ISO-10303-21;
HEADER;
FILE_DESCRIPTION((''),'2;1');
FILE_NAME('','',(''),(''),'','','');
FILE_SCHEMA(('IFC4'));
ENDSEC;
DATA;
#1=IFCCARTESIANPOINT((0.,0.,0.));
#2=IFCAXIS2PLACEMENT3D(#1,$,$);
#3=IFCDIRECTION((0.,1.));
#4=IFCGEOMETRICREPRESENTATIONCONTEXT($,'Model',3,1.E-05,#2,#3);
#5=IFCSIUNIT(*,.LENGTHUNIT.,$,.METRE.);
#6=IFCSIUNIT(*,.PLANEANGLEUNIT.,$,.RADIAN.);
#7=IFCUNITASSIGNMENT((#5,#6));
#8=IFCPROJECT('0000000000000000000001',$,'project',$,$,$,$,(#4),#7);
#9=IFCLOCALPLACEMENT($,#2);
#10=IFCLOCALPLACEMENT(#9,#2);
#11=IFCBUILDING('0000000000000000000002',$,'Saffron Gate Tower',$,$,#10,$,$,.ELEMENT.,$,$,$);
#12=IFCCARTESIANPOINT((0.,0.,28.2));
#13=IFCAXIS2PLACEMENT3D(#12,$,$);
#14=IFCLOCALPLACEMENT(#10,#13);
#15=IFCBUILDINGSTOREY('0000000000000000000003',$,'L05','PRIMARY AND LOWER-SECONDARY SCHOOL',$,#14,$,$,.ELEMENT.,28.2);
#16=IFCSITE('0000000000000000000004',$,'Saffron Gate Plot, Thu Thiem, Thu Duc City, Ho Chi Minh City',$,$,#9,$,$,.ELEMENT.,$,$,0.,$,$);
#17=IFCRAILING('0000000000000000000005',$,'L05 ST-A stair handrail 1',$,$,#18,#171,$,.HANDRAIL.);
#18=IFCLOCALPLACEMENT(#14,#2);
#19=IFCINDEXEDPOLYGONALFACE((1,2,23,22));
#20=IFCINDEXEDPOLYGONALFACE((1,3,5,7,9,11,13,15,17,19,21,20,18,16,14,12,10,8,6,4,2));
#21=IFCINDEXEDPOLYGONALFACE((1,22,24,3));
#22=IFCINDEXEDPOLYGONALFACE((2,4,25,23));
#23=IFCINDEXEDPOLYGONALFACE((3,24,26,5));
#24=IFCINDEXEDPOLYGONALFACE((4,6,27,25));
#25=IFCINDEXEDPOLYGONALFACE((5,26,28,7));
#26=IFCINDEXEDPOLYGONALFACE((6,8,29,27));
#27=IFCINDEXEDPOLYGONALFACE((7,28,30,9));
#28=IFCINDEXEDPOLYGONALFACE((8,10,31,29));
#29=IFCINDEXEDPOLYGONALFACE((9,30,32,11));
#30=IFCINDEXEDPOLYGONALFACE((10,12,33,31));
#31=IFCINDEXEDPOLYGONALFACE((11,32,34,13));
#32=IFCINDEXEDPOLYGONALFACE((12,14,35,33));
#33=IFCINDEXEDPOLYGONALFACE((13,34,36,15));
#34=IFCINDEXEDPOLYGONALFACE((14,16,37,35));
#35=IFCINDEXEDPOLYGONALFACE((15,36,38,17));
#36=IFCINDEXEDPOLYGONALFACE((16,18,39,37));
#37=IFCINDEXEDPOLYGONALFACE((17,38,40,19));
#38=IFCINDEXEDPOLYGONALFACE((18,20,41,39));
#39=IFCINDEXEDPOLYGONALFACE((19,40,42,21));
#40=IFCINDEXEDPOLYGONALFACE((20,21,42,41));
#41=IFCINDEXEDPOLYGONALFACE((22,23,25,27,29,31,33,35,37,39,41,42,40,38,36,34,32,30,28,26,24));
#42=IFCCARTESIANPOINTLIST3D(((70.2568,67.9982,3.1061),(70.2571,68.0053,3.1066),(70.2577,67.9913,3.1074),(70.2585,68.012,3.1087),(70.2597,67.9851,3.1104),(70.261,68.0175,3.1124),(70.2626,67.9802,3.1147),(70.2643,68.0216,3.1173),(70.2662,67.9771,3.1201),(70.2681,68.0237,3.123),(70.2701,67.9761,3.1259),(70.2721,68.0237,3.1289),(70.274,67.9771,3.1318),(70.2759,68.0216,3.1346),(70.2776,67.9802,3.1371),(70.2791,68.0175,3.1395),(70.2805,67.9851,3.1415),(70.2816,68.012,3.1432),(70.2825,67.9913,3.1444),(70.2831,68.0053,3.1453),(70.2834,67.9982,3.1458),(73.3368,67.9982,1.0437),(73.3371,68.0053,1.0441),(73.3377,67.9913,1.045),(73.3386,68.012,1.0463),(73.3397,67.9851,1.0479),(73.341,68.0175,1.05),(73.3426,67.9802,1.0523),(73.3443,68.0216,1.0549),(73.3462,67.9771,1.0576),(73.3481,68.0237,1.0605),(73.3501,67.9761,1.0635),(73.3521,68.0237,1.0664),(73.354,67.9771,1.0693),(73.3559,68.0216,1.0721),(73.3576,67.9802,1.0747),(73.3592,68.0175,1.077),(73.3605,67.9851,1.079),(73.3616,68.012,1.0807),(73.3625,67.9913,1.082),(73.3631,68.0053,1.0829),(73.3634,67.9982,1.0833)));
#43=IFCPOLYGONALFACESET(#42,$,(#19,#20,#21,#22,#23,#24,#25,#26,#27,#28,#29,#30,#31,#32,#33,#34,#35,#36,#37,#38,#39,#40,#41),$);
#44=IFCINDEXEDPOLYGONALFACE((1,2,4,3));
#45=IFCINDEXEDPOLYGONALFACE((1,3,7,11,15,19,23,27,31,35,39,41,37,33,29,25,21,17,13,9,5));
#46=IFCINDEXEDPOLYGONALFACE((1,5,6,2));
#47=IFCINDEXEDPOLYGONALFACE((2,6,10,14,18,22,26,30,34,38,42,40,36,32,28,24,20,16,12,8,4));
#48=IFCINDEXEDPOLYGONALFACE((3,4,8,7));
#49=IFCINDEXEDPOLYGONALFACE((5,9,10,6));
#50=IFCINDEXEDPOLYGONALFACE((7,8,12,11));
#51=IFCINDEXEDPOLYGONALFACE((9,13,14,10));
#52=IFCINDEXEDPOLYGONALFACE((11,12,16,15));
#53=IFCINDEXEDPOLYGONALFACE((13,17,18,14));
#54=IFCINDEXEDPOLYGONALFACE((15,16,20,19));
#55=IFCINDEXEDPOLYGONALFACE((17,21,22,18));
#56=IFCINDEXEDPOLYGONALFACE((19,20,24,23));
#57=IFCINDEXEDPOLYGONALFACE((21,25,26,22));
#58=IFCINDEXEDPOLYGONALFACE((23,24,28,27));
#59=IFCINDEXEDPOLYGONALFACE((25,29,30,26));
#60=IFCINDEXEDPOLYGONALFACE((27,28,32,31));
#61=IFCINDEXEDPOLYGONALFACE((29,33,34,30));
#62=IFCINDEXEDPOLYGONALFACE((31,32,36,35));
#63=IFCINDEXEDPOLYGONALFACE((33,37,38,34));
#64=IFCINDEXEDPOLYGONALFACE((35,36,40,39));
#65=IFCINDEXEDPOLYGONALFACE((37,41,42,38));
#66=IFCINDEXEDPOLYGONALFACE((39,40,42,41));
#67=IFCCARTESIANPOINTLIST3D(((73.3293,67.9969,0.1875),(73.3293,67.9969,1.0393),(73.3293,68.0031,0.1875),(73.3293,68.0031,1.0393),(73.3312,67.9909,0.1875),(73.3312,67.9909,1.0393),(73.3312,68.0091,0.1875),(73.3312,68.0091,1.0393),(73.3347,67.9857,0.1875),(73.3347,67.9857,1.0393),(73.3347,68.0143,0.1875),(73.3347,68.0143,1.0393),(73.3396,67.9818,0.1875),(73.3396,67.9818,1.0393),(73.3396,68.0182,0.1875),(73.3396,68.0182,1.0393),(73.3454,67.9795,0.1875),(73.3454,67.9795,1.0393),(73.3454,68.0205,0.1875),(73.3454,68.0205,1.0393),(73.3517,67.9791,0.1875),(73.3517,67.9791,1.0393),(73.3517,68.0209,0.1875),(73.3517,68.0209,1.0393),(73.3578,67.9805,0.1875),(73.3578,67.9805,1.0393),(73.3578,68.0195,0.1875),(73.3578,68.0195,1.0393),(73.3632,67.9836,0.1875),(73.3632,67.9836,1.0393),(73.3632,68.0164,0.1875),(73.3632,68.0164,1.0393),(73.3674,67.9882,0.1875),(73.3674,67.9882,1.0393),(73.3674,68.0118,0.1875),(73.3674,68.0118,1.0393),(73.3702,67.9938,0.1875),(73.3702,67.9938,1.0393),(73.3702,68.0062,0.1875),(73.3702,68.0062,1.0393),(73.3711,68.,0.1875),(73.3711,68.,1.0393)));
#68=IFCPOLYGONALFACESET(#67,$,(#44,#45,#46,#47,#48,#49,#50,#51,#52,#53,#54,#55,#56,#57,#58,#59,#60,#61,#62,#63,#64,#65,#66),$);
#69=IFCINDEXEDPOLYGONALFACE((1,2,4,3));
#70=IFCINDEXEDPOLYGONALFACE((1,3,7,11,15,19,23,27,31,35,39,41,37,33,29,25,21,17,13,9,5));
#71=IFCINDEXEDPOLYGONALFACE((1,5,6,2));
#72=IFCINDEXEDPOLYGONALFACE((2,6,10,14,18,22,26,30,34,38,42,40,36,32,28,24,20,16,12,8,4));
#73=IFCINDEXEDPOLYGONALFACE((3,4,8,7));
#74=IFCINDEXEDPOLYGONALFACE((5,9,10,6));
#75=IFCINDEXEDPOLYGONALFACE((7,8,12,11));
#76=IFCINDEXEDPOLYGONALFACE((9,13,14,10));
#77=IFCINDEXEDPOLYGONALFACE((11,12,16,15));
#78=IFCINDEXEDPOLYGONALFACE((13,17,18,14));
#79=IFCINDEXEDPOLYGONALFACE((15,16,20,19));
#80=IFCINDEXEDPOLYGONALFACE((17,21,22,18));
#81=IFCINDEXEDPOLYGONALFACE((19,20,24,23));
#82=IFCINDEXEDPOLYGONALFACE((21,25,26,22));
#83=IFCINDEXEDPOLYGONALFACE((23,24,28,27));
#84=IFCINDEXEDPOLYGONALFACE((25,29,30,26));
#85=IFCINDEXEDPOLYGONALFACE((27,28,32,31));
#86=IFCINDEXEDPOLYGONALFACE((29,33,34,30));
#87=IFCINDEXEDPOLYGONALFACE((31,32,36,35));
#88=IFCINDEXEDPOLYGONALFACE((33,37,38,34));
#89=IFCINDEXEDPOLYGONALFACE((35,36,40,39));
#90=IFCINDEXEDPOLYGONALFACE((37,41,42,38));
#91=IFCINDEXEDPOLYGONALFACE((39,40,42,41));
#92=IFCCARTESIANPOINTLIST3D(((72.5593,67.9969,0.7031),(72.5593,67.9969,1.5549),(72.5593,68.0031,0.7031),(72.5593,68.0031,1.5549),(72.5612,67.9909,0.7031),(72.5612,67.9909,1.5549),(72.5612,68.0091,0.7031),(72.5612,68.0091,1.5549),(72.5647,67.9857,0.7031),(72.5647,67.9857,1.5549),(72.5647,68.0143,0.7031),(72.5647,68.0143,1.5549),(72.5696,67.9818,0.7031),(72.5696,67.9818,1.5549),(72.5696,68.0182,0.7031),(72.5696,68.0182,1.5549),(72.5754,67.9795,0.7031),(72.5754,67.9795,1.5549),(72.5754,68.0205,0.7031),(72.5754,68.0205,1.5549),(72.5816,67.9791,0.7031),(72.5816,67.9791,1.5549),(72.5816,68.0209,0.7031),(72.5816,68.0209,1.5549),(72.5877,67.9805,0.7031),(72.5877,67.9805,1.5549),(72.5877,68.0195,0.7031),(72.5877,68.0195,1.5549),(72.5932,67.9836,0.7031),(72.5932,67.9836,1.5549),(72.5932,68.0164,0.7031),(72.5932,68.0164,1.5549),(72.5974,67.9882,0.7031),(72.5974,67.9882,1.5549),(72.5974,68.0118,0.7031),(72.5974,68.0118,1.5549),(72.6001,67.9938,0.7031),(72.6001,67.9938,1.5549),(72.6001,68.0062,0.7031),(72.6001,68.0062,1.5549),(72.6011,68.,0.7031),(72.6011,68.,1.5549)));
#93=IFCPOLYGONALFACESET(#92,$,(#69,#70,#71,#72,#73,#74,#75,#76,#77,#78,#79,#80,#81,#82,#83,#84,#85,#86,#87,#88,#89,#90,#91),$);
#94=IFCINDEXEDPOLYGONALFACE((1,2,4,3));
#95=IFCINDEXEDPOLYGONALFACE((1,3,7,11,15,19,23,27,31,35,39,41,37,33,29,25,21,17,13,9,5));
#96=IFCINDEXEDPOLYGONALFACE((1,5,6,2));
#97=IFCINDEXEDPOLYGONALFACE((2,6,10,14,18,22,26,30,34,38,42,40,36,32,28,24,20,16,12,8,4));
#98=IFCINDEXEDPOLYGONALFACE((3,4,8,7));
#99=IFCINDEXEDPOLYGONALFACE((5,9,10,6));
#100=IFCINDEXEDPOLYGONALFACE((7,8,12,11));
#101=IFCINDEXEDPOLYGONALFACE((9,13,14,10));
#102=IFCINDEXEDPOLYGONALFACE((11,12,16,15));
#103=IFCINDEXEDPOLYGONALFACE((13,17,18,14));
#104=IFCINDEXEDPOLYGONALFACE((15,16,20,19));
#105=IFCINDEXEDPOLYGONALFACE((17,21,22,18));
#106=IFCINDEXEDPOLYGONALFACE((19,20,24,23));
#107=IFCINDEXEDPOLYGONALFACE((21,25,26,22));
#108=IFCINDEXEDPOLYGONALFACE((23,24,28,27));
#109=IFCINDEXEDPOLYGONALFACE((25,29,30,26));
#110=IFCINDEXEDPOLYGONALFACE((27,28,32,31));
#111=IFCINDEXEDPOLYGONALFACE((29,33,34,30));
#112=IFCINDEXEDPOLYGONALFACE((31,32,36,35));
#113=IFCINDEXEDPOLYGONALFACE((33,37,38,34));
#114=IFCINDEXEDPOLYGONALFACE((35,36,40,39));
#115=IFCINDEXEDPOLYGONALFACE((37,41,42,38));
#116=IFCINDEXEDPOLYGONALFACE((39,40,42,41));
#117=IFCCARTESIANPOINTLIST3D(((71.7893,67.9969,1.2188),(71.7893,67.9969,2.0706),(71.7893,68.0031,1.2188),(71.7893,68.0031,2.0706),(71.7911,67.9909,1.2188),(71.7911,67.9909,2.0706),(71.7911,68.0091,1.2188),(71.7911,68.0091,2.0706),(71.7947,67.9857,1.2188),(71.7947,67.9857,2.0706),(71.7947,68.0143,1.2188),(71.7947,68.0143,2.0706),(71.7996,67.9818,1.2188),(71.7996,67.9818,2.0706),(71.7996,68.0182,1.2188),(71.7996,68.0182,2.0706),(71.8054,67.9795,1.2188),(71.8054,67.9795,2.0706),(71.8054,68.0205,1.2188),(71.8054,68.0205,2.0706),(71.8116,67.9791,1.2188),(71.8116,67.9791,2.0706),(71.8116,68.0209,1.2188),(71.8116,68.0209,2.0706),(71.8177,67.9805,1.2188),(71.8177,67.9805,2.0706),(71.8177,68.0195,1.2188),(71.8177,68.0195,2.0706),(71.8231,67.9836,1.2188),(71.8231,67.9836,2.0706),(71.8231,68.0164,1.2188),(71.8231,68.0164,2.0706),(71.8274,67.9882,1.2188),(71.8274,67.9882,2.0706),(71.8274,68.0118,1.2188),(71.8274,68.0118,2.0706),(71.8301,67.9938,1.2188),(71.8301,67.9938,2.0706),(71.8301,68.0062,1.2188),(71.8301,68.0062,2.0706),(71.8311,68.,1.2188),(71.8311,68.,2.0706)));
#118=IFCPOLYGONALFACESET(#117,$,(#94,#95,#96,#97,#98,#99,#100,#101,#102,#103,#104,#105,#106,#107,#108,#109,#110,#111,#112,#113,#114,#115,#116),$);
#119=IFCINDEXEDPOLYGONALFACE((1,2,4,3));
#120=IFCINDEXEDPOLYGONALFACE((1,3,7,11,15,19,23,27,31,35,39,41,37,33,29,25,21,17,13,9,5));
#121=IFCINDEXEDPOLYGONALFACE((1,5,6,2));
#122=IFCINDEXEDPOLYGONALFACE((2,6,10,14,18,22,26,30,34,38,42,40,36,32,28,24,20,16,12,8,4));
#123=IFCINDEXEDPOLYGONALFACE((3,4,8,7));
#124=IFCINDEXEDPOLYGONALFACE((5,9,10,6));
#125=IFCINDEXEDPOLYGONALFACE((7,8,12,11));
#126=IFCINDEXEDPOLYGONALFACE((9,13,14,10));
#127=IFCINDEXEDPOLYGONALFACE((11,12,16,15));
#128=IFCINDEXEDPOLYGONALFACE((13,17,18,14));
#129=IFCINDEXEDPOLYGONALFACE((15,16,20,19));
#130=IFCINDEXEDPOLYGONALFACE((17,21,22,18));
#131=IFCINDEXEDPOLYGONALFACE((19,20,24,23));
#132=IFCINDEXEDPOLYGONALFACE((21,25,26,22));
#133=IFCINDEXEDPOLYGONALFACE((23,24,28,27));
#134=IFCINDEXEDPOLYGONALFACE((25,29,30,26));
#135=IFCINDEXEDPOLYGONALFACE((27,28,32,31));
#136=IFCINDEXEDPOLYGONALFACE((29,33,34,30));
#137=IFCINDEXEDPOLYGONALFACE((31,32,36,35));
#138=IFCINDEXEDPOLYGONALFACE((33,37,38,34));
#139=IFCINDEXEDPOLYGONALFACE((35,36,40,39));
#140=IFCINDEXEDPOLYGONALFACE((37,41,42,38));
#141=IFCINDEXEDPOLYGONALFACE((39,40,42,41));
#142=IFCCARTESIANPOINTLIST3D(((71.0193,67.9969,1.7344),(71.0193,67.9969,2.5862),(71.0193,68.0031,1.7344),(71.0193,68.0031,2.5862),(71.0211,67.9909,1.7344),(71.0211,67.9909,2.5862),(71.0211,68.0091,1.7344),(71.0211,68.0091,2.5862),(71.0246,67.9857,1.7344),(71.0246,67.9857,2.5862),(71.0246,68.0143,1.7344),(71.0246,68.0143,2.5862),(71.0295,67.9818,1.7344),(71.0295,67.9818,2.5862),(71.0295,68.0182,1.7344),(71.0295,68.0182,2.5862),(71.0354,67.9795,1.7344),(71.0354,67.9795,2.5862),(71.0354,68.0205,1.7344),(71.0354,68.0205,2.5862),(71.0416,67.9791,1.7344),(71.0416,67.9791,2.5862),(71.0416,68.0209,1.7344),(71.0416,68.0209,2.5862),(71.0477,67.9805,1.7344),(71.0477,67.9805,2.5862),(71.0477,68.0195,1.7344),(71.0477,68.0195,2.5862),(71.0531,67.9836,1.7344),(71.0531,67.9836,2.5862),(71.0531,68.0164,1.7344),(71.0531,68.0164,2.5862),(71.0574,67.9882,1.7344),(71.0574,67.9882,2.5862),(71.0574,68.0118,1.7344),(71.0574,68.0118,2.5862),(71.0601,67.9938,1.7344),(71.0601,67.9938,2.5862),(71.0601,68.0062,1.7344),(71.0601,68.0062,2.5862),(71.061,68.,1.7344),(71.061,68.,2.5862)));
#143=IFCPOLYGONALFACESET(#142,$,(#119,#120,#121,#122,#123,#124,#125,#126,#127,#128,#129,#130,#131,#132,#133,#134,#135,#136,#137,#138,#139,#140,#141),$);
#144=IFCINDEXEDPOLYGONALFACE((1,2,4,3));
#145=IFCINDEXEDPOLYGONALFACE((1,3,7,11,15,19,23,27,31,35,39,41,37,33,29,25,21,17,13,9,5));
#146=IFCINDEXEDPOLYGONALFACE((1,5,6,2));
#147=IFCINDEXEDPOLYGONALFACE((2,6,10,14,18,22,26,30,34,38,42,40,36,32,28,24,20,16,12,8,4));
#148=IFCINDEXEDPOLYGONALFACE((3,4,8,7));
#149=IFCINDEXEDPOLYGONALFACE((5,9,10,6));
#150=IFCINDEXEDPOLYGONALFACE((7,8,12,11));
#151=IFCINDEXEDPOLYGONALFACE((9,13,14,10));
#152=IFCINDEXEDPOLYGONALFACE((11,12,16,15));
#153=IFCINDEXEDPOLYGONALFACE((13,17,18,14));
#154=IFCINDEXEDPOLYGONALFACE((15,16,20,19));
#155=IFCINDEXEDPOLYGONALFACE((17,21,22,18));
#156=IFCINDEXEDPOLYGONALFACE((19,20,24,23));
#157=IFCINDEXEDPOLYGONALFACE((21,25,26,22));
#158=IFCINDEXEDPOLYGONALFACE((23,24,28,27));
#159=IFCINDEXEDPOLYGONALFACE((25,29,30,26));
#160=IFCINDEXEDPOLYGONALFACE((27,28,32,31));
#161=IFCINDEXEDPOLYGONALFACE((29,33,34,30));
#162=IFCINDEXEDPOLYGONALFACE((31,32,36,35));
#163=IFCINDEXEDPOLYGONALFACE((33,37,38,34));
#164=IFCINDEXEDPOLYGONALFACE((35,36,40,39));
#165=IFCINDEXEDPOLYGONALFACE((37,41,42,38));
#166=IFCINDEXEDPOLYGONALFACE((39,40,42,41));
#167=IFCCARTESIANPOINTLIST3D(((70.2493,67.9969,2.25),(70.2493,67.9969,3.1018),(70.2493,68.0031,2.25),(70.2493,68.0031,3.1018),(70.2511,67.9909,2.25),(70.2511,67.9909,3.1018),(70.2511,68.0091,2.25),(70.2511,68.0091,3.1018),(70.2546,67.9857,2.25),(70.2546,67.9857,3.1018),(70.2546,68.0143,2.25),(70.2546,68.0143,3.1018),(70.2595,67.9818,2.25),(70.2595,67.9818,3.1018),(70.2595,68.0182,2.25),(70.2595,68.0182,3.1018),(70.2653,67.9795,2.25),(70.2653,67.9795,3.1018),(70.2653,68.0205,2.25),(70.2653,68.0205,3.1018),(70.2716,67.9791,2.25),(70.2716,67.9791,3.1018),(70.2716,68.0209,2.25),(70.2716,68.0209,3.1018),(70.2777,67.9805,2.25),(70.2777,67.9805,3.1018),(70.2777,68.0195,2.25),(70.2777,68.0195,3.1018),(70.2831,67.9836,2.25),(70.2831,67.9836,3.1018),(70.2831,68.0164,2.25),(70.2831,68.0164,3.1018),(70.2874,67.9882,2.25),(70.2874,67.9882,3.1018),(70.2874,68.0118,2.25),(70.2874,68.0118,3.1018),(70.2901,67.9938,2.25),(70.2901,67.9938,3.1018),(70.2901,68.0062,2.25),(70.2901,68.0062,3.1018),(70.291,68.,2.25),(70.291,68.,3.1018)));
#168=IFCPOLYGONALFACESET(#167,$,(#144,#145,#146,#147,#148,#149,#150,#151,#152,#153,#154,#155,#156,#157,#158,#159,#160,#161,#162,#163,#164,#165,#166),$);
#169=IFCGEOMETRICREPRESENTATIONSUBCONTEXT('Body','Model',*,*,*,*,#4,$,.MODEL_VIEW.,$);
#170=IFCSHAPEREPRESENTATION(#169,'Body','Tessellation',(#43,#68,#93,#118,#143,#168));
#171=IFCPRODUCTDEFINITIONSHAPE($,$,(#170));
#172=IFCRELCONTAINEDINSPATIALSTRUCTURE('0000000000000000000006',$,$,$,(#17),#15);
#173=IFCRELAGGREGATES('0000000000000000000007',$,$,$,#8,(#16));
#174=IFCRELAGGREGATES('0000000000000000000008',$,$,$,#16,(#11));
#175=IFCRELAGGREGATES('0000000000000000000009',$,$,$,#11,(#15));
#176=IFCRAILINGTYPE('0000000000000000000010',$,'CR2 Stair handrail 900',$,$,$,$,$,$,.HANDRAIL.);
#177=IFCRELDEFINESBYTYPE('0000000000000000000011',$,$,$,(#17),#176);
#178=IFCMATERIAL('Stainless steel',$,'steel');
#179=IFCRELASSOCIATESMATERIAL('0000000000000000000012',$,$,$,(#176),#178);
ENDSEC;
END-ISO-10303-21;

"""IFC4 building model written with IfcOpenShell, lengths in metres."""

from ifc_helpers import new_model, si_unit, direction, frame, origin, origin_2d, place, context, subcontext, project, spatial, circle, extrude, material, type_object, element, save


model = new_model("IFC4")

# Units and contexts
model_context = context("Model", 3, precision=1e-05, world=origin(), true_north=direction((0.0, 1.0)))
body_context = subcontext(model_context, "Body", "Model", "MODEL_VIEW")
ifc_project = project(units=[si_unit("LENGTHUNIT", "METRE"), si_unit("PLANEANGLEUNIT", "RADIAN")], contexts=[model_context])

# Site, building, storey
site_placement = place(None, origin())
site = spatial("IfcSite", under=ifc_project, at=site_placement, Name="Saffron Gate Plot, Thu Thiem, Thu Duc City, Ho Chi Minh City", CompositionType="ELEMENT", RefElevation=0.0)
building_placement = place(site_placement, origin())
building = spatial("IfcBuilding", under=site, at=building_placement, Name="Saffron Gate Tower", CompositionType="ELEMENT")
storey_placement = place(building_placement, frame((0.0, 0.0, 28.2)))
storey = spatial("IfcBuildingStorey", under=building, at=storey_placement, Name="L05", Description="PRIMARY AND LOWER-SECONDARY SCHOOL", CompositionType="ELEMENT", Elevation=28.2)

# Railing
ifc_material_1 = material(Name="Stainless steel", Category="steel")
railing_type_1 = type_object("IfcRailingType", Name="CR2 Stair handrail 900", PredefinedType="HANDRAIL", material=ifc_material_1)
railing_1_placement = place(storey_placement, frame((73.3501, 68.0, 0.1875)))
element("IfcRailing", 1, at=railing_1_placement, inside=storey, type_object=railing_type_1, Name="L05 ST-A stair handrail 1", PredefinedType="HANDRAIL", context=body_context, shape_type="SweptSolid", body=[
    extrude(circle(Radius=0.0239, at=origin_2d()), frame((0.0, 0.0, 0.876), z_axis=(-0.830914, 0.0, 0.556401), x_axis=(0.0, -1.0, 0.0)), (0.0, 0.0, 1.0), 3.7068),
    extrude(circle(Radius=0.021, at=origin_2d()), origin(), (0.0, 0.0, 1.0), 0.8518),
    extrude(circle(Radius=0.021, at=origin_2d()), frame((-0.77, 0.0, 0.5156)), (0.0, 0.0, 1.0), 0.8518),
    extrude(circle(Radius=0.021, at=origin_2d()), frame((-1.54, 0.0, 1.0312)), (0.0, 0.0, 1.0), 0.8518),
    extrude(circle(Radius=0.021, at=origin_2d()), frame((-2.3101, 0.0, 1.5469)), (0.0, 0.0, 1.0), 0.8518),
    extrude(circle(Radius=0.021, at=origin_2d()), frame((-3.0801, 0.0, 2.0625)), (0.0, 0.0, 1.0), 0.8518),
])

save(model, "model.ifc")
